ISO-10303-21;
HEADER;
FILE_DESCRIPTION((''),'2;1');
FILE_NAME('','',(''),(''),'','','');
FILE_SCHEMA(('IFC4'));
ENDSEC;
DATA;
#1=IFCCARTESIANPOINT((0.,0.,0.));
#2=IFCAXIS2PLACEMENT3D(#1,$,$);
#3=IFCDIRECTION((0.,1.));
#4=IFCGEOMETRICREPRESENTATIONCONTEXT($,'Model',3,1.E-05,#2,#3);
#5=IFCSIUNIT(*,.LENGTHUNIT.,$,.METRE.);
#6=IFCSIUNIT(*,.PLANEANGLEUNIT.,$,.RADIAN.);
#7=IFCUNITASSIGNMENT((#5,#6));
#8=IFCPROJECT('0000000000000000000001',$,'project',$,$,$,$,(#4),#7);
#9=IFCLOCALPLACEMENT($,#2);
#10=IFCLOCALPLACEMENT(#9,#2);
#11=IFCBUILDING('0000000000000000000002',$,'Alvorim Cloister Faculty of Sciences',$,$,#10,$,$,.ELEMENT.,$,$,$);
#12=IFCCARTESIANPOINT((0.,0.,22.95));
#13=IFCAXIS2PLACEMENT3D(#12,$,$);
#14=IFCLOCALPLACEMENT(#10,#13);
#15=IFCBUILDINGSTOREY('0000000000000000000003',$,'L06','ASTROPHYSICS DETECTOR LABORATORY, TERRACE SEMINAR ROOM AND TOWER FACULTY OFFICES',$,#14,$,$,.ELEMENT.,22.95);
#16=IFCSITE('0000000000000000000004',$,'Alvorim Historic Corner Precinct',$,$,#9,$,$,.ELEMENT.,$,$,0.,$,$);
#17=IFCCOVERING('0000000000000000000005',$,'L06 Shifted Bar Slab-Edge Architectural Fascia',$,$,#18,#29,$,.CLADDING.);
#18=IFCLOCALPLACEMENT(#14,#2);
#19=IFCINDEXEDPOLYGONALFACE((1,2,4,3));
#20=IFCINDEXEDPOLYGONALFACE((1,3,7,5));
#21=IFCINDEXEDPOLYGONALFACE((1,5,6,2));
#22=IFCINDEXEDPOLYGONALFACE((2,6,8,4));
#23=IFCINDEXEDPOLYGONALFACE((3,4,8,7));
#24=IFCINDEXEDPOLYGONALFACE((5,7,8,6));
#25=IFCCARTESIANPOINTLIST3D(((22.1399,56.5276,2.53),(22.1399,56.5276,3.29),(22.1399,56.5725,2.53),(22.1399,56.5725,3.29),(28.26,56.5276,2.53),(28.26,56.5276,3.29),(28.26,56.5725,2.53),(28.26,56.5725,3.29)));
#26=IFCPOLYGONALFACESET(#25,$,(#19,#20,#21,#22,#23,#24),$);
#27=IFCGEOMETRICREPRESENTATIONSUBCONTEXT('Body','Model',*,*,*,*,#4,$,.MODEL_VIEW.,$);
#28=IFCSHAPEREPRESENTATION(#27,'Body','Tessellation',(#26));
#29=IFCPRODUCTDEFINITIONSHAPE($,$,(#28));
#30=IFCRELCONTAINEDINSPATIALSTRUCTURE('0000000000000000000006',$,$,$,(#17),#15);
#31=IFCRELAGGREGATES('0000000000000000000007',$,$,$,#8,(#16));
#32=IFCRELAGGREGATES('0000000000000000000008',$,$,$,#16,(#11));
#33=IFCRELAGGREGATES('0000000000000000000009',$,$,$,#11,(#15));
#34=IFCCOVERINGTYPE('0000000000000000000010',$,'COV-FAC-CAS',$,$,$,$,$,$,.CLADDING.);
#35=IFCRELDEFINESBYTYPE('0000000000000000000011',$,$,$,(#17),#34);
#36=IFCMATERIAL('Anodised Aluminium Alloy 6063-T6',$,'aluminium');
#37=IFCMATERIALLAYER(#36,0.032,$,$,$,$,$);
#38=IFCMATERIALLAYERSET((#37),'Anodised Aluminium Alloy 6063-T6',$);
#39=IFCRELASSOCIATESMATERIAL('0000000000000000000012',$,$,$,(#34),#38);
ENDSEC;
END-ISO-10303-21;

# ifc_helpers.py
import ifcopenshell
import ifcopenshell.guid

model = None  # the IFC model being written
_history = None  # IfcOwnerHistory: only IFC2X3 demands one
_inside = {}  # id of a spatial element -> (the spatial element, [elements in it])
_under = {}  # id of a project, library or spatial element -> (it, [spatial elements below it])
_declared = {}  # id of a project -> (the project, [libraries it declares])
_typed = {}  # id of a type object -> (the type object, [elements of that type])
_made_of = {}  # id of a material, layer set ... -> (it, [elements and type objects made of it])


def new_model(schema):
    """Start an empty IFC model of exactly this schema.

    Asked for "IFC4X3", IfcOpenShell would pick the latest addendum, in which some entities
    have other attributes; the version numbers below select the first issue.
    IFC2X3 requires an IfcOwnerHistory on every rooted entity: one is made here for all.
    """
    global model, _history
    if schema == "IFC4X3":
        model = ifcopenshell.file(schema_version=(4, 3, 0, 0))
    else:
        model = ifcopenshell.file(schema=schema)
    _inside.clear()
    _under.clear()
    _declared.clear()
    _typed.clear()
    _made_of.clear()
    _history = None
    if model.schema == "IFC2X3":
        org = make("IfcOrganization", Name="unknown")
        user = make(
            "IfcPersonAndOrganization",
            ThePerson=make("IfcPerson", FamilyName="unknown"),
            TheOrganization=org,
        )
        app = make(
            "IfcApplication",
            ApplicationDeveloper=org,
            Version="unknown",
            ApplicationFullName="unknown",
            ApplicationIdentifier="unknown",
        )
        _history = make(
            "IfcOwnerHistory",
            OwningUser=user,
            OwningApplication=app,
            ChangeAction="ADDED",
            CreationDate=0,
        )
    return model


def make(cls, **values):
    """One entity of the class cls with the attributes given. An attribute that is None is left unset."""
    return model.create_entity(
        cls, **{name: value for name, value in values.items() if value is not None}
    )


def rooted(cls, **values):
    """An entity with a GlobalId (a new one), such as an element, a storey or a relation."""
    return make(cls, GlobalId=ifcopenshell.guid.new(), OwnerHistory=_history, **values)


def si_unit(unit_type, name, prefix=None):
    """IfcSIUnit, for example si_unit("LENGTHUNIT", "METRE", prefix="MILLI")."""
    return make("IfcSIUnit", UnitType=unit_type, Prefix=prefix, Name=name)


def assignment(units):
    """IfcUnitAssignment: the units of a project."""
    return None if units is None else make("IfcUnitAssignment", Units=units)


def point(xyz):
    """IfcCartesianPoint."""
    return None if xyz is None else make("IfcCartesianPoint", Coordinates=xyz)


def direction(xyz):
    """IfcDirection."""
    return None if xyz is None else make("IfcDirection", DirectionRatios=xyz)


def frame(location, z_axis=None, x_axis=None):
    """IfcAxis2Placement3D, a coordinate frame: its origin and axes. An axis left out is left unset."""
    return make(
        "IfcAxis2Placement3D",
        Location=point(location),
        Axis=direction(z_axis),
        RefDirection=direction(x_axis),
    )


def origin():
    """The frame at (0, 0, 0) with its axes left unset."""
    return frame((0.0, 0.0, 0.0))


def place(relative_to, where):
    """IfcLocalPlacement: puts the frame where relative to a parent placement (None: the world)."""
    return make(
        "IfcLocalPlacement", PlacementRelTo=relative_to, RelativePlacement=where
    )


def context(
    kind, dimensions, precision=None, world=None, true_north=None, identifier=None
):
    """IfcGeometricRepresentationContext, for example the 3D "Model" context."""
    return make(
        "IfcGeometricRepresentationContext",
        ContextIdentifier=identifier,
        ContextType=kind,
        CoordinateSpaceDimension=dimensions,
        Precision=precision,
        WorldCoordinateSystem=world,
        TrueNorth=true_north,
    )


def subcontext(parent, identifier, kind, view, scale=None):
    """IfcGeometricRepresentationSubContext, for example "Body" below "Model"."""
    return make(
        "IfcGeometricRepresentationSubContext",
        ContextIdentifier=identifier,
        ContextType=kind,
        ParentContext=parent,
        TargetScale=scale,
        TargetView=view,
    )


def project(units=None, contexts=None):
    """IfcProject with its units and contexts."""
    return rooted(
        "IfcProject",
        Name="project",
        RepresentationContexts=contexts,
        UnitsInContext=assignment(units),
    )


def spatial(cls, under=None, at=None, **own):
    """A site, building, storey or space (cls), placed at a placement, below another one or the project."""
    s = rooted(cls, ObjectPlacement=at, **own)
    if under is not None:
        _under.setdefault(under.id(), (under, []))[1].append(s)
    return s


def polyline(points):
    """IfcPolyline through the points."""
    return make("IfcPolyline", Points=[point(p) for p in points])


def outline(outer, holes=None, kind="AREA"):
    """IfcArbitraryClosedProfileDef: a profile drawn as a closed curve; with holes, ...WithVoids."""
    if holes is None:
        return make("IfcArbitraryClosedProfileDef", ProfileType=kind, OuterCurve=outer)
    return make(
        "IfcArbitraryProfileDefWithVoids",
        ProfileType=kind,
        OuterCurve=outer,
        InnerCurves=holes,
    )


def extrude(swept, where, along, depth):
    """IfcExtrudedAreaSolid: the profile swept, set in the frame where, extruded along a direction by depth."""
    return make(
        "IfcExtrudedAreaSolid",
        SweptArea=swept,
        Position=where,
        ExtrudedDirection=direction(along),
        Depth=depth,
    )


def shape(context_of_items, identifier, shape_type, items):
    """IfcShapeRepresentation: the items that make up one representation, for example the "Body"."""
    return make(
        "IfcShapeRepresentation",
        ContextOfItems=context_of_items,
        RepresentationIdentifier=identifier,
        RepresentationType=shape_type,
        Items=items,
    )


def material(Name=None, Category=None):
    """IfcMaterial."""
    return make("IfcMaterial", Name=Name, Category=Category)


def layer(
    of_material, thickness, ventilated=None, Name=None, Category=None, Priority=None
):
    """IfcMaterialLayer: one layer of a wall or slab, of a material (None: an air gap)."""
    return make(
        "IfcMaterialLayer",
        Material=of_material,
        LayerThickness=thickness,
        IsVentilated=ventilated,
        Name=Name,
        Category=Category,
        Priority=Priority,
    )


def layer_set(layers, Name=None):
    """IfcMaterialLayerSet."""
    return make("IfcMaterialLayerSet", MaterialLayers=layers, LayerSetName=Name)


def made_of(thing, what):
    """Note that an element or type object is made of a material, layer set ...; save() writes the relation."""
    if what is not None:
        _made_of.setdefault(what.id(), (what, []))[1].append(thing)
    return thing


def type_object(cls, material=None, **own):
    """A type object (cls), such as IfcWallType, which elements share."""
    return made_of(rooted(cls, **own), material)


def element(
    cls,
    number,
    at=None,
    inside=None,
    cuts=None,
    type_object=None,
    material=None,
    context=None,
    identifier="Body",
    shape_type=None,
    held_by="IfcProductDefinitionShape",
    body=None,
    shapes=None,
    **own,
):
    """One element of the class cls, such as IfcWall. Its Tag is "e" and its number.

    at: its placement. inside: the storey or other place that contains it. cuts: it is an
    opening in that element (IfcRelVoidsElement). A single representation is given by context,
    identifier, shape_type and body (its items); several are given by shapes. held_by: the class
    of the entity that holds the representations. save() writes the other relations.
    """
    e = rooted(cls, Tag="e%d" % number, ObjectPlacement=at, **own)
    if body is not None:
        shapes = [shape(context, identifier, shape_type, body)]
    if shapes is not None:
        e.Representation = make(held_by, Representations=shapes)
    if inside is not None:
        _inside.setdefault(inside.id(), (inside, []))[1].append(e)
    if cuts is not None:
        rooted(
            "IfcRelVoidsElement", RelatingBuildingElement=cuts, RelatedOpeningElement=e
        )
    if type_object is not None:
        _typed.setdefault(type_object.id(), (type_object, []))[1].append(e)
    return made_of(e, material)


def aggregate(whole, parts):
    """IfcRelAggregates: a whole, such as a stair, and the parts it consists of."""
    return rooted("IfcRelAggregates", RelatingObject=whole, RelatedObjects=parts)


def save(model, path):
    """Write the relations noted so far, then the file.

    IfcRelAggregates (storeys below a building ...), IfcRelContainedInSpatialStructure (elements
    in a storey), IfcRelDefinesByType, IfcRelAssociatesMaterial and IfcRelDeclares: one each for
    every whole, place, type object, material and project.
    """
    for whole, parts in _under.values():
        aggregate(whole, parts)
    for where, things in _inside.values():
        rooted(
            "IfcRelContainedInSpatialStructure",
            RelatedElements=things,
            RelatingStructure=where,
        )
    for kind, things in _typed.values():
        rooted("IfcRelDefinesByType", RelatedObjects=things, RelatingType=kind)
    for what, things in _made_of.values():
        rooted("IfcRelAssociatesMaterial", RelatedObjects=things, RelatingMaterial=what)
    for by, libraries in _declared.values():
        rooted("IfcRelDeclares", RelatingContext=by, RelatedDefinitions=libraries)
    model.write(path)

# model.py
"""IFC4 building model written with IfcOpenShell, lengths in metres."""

from ifc_helpers import new_model, si_unit, direction, frame, origin, place, context, subcontext, project, spatial, polyline, outline, extrude, material, layer, layer_set, type_object, element, save


model = new_model("IFC4")

# Units and contexts
model_context = context("Model", 3, precision=1e-05, world=origin(), true_north=direction((0.0, 1.0)))
body_context = subcontext(model_context, "Body", "Model", "MODEL_VIEW")
ifc_project = project(units=[si_unit("LENGTHUNIT", "METRE"), si_unit("PLANEANGLEUNIT", "RADIAN")], contexts=[model_context])

# Site, building, storey
site_placement = place(None, origin())
site = spatial("IfcSite", under=ifc_project, at=site_placement, Name="Alvorim Historic Corner Precinct", CompositionType="ELEMENT", RefElevation=0.0)
building_placement = place(site_placement, origin())
building = spatial("IfcBuilding", under=site, at=building_placement, Name="Alvorim Cloister Faculty of Sciences", CompositionType="ELEMENT")
storey_placement = place(building_placement, frame((0.0, 0.0, 22.95)))
storey = spatial("IfcBuildingStorey", under=building, at=storey_placement, Name="L06", Description="ASTROPHYSICS DETECTOR LABORATORY, TERRACE SEMINAR ROOM AND TOWER FACULTY OFFICES", CompositionType="ELEMENT", Elevation=22.95)

# Covering
ifc_material_1 = material(Name="Anodised Aluminium Alloy 6063-T6", Category="aluminium")
ifc_layer_1 = layer(ifc_material_1, 0.032)
ifc_layer_set_1 = layer_set([ifc_layer_1], Name="Anodised Aluminium Alloy 6063-T6")
covering_type = type_object("IfcCoveringType", Name="COV-FAC-CAS", PredefinedType="CLADDING", material=ifc_layer_set_1)
covering_placement = place(storey_placement, frame((22.1399, 56.55, 2.53), z_axis=(0.0, 0.0, 1.0), x_axis=(1.0, 0.0, 0.0)))
element("IfcCovering", 1, at=covering_placement, inside=storey, type_object=covering_type, Name="L06 Shifted Bar Slab-Edge Architectural Fascia", PredefinedType="CLADDING", context=body_context, shape_type="SweptSolid", body=[
    extrude(outline(polyline([(0.0, 0.0), (6.1201, 0.0), (6.1201, 0.76), (0.0, 0.76), (0.0, 0.0)])), frame((0.0, 0.0225, 0.0), z_axis=(0.0, -1.0, 0.0), x_axis=(1.0, 0.0, 0.0)), (0.0, 0.0, 1.0), 0.0449),
])

save(model, "model.ifc")
